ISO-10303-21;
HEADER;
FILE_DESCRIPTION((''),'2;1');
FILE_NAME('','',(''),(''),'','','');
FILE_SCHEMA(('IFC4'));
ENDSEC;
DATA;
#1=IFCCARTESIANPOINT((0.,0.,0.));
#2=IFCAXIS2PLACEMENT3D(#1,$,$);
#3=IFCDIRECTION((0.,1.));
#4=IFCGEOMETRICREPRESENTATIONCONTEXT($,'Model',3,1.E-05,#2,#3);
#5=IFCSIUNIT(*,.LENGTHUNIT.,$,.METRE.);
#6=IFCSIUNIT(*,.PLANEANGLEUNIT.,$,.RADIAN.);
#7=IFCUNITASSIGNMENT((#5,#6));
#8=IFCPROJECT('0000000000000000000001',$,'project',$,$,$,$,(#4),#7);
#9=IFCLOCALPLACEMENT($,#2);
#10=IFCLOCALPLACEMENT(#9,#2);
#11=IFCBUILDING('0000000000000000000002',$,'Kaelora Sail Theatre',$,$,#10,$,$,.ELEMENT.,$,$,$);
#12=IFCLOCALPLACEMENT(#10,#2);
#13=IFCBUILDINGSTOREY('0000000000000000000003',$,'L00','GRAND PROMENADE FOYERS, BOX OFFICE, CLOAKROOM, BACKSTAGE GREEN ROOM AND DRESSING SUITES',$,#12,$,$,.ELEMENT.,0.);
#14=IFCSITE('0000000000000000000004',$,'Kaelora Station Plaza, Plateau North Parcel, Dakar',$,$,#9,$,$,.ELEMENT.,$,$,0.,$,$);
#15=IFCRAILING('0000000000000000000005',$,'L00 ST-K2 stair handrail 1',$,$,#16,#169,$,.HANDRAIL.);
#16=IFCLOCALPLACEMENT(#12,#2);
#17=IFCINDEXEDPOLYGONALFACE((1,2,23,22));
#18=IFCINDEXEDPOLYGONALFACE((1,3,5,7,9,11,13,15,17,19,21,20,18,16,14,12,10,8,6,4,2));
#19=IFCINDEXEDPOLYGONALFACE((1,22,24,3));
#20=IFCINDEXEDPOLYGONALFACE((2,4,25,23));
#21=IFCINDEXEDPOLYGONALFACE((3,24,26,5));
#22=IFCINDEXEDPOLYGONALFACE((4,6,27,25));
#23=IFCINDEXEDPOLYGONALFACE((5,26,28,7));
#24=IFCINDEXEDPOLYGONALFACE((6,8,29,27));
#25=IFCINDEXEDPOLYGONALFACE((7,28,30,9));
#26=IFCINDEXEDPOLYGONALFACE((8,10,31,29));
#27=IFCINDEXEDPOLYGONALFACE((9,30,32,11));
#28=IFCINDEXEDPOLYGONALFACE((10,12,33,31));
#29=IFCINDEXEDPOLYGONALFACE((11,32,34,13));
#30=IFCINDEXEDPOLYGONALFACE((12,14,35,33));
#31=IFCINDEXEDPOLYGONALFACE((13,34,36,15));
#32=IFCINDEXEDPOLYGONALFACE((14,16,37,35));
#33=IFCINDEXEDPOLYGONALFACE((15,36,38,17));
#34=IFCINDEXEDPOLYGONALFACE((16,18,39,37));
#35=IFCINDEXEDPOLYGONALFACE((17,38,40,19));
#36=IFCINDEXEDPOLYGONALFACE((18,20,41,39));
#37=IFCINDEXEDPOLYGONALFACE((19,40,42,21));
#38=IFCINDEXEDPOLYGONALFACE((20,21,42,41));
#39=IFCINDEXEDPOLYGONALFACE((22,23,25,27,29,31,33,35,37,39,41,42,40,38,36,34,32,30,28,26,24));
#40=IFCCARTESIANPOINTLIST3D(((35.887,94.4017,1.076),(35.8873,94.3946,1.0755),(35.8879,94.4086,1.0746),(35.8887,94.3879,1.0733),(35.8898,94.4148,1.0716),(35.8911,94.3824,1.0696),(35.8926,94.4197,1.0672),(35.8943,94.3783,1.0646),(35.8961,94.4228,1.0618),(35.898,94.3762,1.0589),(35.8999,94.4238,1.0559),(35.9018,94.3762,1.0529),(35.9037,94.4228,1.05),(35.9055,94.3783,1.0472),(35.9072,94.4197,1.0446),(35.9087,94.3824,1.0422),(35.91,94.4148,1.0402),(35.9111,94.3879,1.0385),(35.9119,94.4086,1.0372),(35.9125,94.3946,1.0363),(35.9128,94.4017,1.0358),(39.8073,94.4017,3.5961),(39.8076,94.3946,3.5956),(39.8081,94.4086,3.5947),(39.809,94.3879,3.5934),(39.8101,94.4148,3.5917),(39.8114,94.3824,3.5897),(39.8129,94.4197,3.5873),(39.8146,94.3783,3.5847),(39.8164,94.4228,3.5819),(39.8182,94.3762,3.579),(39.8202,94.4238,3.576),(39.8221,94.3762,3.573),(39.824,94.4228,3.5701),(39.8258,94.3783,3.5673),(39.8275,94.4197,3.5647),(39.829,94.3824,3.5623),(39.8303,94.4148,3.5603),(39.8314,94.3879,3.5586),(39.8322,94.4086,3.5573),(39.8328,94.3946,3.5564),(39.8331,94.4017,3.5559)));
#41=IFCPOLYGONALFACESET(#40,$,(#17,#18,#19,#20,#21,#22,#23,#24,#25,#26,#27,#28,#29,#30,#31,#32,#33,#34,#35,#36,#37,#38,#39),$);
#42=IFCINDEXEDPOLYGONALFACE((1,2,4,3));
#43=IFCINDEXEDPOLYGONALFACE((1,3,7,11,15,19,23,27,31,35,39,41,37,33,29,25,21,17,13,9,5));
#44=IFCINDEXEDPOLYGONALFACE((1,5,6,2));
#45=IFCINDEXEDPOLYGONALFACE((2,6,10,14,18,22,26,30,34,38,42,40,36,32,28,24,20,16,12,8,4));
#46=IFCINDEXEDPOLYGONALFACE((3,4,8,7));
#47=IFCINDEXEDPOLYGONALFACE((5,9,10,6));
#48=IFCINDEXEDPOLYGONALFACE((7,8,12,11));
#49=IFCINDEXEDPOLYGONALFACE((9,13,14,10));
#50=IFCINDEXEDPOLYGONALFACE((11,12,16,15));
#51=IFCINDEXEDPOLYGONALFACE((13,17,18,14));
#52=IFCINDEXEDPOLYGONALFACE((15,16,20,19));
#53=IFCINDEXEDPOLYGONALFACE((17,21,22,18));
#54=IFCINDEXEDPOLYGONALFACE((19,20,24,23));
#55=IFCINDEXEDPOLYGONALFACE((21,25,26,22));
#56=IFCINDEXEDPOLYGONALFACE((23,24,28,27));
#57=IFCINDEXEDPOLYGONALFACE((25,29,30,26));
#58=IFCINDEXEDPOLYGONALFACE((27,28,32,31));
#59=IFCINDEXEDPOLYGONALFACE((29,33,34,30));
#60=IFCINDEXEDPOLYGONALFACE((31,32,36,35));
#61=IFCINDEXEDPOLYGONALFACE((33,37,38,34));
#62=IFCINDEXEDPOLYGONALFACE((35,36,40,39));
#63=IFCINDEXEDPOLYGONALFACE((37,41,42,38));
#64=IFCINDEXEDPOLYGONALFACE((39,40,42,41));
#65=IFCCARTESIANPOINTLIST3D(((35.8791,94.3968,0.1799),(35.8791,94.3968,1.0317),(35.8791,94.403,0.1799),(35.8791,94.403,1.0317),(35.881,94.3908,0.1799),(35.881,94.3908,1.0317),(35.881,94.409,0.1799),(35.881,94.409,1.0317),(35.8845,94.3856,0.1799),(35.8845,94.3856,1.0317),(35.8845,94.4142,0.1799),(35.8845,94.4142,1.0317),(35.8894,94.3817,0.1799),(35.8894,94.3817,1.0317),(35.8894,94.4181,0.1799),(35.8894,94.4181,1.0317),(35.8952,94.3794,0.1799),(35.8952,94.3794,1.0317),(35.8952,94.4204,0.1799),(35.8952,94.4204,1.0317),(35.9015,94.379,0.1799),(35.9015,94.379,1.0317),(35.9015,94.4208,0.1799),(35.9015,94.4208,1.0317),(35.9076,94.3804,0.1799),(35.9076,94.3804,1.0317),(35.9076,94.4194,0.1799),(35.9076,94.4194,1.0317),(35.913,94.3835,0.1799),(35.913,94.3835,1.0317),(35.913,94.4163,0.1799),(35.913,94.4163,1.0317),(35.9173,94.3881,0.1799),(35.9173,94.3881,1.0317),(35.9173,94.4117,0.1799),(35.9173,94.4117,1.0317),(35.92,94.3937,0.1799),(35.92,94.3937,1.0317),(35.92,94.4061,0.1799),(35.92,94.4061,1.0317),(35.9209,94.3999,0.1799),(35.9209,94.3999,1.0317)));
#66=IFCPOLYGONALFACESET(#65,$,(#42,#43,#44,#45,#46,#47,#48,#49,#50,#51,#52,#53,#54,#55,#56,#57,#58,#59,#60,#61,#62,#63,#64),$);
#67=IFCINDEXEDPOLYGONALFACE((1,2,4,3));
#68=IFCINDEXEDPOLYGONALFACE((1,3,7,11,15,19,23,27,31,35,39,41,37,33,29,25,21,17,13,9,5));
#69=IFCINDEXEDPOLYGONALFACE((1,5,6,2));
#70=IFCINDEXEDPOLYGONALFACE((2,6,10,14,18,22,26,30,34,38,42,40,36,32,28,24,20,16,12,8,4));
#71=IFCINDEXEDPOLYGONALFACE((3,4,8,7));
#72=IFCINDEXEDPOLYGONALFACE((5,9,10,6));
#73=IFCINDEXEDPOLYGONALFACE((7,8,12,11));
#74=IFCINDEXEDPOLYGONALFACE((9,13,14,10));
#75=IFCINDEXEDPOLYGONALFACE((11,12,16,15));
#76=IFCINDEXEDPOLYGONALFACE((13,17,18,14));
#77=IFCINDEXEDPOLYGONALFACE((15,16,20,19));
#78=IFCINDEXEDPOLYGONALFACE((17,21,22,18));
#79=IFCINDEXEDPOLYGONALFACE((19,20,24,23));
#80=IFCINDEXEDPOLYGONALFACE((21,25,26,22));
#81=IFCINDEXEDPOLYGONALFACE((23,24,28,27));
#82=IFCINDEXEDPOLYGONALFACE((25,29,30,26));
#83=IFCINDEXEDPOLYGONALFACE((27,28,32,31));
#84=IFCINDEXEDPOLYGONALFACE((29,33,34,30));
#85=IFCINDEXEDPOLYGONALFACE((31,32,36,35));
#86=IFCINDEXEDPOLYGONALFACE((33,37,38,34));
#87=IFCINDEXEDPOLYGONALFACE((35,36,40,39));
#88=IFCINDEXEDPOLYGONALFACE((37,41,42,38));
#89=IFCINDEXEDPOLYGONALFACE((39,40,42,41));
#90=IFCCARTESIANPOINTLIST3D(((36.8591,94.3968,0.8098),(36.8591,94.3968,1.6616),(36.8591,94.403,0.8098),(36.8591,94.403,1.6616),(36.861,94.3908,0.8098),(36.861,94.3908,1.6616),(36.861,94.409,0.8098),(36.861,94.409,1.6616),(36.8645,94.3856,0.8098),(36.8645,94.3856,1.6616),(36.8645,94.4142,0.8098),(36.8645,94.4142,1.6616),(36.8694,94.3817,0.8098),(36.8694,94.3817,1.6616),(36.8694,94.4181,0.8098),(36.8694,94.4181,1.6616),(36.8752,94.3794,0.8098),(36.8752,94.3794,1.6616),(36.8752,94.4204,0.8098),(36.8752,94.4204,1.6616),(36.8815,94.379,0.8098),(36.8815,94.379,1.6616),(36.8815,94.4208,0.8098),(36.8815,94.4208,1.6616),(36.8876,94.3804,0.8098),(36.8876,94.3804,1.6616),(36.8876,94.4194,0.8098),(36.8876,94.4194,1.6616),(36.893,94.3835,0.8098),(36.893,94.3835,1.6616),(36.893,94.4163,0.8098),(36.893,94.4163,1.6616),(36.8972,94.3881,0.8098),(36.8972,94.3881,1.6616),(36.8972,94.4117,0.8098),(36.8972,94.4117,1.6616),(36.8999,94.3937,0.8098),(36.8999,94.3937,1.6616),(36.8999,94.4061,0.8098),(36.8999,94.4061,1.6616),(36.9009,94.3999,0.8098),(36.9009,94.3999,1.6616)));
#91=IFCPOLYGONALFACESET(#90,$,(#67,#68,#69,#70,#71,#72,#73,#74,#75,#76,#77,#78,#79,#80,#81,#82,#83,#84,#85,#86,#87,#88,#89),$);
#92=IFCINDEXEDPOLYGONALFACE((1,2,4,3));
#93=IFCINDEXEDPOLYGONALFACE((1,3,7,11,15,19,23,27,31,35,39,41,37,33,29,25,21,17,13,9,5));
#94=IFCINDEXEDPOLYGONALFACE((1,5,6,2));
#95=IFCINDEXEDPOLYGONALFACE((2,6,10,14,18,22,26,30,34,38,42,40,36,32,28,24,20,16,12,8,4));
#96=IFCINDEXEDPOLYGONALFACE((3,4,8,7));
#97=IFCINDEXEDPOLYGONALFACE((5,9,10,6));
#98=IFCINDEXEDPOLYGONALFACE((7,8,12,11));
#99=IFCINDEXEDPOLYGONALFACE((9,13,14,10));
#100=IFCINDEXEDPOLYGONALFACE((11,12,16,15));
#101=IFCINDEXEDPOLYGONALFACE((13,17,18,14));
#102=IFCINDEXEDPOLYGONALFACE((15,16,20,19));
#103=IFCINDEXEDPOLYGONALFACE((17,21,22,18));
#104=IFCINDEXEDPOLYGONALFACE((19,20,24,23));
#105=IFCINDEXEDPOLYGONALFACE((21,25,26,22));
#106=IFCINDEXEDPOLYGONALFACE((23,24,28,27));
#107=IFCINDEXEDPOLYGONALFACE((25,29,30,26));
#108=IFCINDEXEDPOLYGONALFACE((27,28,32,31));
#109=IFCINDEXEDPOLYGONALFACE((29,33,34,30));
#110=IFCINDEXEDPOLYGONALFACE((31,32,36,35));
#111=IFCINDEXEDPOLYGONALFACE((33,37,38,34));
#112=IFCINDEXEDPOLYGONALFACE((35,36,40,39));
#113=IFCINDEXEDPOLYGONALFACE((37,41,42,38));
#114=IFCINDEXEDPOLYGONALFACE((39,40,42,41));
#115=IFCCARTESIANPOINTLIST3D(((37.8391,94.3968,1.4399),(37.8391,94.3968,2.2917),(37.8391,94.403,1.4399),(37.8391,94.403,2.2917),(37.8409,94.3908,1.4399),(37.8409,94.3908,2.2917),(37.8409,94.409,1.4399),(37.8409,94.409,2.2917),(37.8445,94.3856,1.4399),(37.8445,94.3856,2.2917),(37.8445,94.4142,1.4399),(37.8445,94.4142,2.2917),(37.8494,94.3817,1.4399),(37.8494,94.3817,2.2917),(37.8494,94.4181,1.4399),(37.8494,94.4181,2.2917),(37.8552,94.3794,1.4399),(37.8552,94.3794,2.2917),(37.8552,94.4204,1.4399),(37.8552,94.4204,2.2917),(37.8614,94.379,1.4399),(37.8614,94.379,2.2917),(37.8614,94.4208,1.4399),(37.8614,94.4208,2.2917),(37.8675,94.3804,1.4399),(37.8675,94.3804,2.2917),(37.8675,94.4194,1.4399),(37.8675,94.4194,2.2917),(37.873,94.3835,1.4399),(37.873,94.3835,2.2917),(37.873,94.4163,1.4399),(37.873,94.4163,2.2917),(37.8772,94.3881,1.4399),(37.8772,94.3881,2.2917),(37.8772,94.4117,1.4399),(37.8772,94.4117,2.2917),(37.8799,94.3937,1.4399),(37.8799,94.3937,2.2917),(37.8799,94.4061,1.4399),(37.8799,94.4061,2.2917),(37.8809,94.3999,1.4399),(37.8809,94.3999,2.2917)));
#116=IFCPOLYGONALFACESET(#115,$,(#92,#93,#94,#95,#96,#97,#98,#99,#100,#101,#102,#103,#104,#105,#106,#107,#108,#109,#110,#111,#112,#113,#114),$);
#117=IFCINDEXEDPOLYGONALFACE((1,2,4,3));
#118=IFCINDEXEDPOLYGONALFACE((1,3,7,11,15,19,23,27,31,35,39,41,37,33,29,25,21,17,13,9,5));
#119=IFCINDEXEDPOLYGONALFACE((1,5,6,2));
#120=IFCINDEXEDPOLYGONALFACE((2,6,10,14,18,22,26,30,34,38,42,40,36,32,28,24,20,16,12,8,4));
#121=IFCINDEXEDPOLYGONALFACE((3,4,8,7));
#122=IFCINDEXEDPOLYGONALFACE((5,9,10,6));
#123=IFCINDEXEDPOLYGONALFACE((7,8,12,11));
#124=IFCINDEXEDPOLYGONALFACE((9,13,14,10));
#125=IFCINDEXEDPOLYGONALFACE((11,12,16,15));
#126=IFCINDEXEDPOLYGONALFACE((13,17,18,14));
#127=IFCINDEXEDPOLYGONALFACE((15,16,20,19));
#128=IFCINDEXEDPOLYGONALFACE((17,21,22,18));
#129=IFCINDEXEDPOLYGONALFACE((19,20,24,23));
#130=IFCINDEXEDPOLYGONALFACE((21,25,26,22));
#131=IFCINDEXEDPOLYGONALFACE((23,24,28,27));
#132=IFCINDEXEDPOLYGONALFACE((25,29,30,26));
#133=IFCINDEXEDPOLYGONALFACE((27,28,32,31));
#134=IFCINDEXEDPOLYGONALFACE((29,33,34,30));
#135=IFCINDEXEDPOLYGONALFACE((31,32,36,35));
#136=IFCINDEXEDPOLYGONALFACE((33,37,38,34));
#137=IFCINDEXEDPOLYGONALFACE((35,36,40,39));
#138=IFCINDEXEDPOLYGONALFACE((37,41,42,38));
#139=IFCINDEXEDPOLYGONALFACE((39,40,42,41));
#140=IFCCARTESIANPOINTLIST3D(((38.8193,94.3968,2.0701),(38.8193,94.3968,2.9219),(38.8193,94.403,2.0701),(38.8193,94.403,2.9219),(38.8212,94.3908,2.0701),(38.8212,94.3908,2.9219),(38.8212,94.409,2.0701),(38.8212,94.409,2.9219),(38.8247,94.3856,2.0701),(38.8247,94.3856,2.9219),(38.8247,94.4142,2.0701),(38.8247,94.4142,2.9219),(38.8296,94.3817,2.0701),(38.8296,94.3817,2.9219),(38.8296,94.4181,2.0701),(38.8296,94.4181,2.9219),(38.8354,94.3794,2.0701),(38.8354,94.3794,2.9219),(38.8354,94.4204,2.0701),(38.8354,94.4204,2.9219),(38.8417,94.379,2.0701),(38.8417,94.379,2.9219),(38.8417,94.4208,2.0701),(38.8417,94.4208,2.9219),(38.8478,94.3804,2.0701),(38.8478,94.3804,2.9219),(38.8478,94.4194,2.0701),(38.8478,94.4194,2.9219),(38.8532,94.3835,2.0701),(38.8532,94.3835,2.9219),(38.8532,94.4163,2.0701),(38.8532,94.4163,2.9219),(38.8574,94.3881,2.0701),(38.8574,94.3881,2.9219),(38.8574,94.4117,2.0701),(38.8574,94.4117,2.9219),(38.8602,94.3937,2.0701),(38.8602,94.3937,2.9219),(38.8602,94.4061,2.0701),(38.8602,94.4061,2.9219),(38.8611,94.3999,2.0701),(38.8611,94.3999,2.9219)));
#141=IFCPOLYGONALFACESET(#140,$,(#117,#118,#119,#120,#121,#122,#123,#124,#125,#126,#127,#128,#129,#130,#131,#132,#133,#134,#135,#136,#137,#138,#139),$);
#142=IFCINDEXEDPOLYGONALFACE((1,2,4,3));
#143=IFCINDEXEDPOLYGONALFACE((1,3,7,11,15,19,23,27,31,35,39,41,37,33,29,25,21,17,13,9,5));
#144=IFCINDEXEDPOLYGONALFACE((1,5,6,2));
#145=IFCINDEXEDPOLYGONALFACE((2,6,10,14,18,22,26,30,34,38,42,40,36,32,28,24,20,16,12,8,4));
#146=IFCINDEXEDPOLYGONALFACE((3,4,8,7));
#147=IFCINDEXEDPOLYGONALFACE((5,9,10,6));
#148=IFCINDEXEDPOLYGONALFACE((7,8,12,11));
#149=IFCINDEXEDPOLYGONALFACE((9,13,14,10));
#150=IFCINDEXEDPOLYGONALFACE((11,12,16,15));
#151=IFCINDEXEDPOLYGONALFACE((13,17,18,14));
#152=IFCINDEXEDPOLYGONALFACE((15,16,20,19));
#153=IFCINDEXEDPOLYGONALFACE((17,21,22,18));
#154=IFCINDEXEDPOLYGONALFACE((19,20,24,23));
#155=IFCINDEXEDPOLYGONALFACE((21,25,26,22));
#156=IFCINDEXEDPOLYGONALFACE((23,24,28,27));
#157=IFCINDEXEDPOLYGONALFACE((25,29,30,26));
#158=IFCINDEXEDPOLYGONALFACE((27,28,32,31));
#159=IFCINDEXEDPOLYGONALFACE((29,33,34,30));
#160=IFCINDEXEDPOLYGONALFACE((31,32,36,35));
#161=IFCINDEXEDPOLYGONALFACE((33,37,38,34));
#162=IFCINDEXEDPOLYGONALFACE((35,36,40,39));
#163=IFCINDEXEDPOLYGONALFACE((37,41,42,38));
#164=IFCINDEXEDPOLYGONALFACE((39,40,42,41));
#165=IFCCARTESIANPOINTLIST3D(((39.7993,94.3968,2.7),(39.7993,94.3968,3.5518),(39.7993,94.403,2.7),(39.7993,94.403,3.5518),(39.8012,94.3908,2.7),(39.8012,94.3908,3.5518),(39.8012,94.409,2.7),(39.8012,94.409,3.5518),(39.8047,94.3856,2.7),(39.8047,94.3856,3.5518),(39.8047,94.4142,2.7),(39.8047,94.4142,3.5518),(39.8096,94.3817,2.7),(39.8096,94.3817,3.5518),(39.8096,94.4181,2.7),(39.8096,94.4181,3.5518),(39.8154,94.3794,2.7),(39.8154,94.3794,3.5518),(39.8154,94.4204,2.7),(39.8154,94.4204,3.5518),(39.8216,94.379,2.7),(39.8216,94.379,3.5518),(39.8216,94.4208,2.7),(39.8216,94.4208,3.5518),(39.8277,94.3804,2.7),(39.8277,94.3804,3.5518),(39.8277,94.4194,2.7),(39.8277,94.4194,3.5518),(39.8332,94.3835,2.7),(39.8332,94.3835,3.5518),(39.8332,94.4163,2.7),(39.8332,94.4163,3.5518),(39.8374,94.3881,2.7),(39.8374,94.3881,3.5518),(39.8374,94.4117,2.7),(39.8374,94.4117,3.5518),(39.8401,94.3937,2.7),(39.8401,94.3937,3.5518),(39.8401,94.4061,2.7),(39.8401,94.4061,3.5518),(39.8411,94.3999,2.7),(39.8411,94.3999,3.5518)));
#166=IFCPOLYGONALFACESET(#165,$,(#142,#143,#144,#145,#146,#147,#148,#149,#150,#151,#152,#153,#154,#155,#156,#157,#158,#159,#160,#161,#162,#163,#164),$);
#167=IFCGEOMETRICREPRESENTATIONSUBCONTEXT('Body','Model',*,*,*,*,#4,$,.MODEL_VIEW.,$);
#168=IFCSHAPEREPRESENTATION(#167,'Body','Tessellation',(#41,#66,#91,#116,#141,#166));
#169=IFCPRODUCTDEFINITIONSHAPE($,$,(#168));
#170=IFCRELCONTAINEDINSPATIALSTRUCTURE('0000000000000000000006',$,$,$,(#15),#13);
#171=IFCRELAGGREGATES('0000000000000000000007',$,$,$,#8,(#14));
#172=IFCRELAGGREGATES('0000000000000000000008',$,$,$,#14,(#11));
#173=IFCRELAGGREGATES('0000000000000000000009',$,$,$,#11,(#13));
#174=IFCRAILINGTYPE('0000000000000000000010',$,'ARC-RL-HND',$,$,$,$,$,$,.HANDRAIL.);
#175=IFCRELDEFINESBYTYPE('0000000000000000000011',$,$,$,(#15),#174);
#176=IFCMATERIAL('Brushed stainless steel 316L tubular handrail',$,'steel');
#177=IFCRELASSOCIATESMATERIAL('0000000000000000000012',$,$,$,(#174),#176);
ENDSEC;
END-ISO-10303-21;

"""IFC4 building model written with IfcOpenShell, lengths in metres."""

from ifc_helpers import new_model, si_unit, direction, frame, origin, origin_2d, place, context, subcontext, project, spatial, circle, extrude, material, type_object, element, save


model = new_model("IFC4")

# Units and contexts
model_context = context("Model", 3, precision=1e-05, world=origin(), true_north=direction((0.0, 1.0)))
body_context = subcontext(model_context, "Body", "Model", "MODEL_VIEW")
ifc_project = project(units=[si_unit("LENGTHUNIT", "METRE"), si_unit("PLANEANGLEUNIT", "RADIAN")], contexts=[model_context])

# Site, building, storey
site_placement = place(None, origin())
site = spatial("IfcSite", under=ifc_project, at=site_placement, Name="Kaelora Station Plaza, Plateau North Parcel, Dakar", CompositionType="ELEMENT", RefElevation=0.0)
building_placement = place(site_placement, origin())
building = spatial("IfcBuilding", under=site, at=building_placement, Name="Kaelora Sail Theatre", CompositionType="ELEMENT")
storey_placement = place(building_placement, origin())
storey = spatial("IfcBuildingStorey", under=building, at=storey_placement, Name="L00", Description="GRAND PROMENADE FOYERS, BOX OFFICE, CLOAKROOM, BACKSTAGE GREEN ROOM AND DRESSING SUITES", CompositionType="ELEMENT", Elevation=0.0)

# Railing
ifc_material_1 = material(Name="Brushed stainless steel 316L tubular handrail", Category="steel")
railing_type_1 = type_object("IfcRailingType", Name="ARC-RL-HND", PredefinedType="HANDRAIL", material=ifc_material_1)
railing_1_placement = place(storey_placement, frame((35.8999, 94.3999, 0.1799)))
element("IfcRailing", 1, at=railing_1_placement, inside=storey, type_object=railing_type_1, Name="L00 ST-K2 stair handrail 1", PredefinedType="HANDRAIL", context=body_context, shape_type="SweptSolid", body=[
    extrude(circle(Radius=0.0239, at=origin_2d()), frame((0.0, 0.0, 0.876), z_axis=(0.841187, 0.0, 0.540744), x_axis=(0.0, 1.0, 0.0)), (0.0, 0.0, 1.0), 4.6604),
    extrude(circle(Radius=0.021, at=origin_2d()), origin(), (0.0, 0.0, 1.0), 0.8518),
    extrude(circle(Radius=0.021, at=origin_2d()), frame((0.98, 0.0, 0.6299)), (0.0, 0.0, 1.0), 0.8518),
    extrude(circle(Radius=0.021, at=origin_2d()), frame((1.96, 0.0, 1.26)), (0.0, 0.0, 1.0), 0.8518),
    extrude(circle(Radius=0.021, at=origin_2d()), frame((2.9402, 0.0, 1.8901)), (0.0, 0.0, 1.0), 0.8518),
    extrude(circle(Radius=0.021, at=origin_2d()), frame((3.9202, 0.0, 2.52)), (0.0, 0.0, 1.0), 0.8518),
])

save(model, "model.ifc")
